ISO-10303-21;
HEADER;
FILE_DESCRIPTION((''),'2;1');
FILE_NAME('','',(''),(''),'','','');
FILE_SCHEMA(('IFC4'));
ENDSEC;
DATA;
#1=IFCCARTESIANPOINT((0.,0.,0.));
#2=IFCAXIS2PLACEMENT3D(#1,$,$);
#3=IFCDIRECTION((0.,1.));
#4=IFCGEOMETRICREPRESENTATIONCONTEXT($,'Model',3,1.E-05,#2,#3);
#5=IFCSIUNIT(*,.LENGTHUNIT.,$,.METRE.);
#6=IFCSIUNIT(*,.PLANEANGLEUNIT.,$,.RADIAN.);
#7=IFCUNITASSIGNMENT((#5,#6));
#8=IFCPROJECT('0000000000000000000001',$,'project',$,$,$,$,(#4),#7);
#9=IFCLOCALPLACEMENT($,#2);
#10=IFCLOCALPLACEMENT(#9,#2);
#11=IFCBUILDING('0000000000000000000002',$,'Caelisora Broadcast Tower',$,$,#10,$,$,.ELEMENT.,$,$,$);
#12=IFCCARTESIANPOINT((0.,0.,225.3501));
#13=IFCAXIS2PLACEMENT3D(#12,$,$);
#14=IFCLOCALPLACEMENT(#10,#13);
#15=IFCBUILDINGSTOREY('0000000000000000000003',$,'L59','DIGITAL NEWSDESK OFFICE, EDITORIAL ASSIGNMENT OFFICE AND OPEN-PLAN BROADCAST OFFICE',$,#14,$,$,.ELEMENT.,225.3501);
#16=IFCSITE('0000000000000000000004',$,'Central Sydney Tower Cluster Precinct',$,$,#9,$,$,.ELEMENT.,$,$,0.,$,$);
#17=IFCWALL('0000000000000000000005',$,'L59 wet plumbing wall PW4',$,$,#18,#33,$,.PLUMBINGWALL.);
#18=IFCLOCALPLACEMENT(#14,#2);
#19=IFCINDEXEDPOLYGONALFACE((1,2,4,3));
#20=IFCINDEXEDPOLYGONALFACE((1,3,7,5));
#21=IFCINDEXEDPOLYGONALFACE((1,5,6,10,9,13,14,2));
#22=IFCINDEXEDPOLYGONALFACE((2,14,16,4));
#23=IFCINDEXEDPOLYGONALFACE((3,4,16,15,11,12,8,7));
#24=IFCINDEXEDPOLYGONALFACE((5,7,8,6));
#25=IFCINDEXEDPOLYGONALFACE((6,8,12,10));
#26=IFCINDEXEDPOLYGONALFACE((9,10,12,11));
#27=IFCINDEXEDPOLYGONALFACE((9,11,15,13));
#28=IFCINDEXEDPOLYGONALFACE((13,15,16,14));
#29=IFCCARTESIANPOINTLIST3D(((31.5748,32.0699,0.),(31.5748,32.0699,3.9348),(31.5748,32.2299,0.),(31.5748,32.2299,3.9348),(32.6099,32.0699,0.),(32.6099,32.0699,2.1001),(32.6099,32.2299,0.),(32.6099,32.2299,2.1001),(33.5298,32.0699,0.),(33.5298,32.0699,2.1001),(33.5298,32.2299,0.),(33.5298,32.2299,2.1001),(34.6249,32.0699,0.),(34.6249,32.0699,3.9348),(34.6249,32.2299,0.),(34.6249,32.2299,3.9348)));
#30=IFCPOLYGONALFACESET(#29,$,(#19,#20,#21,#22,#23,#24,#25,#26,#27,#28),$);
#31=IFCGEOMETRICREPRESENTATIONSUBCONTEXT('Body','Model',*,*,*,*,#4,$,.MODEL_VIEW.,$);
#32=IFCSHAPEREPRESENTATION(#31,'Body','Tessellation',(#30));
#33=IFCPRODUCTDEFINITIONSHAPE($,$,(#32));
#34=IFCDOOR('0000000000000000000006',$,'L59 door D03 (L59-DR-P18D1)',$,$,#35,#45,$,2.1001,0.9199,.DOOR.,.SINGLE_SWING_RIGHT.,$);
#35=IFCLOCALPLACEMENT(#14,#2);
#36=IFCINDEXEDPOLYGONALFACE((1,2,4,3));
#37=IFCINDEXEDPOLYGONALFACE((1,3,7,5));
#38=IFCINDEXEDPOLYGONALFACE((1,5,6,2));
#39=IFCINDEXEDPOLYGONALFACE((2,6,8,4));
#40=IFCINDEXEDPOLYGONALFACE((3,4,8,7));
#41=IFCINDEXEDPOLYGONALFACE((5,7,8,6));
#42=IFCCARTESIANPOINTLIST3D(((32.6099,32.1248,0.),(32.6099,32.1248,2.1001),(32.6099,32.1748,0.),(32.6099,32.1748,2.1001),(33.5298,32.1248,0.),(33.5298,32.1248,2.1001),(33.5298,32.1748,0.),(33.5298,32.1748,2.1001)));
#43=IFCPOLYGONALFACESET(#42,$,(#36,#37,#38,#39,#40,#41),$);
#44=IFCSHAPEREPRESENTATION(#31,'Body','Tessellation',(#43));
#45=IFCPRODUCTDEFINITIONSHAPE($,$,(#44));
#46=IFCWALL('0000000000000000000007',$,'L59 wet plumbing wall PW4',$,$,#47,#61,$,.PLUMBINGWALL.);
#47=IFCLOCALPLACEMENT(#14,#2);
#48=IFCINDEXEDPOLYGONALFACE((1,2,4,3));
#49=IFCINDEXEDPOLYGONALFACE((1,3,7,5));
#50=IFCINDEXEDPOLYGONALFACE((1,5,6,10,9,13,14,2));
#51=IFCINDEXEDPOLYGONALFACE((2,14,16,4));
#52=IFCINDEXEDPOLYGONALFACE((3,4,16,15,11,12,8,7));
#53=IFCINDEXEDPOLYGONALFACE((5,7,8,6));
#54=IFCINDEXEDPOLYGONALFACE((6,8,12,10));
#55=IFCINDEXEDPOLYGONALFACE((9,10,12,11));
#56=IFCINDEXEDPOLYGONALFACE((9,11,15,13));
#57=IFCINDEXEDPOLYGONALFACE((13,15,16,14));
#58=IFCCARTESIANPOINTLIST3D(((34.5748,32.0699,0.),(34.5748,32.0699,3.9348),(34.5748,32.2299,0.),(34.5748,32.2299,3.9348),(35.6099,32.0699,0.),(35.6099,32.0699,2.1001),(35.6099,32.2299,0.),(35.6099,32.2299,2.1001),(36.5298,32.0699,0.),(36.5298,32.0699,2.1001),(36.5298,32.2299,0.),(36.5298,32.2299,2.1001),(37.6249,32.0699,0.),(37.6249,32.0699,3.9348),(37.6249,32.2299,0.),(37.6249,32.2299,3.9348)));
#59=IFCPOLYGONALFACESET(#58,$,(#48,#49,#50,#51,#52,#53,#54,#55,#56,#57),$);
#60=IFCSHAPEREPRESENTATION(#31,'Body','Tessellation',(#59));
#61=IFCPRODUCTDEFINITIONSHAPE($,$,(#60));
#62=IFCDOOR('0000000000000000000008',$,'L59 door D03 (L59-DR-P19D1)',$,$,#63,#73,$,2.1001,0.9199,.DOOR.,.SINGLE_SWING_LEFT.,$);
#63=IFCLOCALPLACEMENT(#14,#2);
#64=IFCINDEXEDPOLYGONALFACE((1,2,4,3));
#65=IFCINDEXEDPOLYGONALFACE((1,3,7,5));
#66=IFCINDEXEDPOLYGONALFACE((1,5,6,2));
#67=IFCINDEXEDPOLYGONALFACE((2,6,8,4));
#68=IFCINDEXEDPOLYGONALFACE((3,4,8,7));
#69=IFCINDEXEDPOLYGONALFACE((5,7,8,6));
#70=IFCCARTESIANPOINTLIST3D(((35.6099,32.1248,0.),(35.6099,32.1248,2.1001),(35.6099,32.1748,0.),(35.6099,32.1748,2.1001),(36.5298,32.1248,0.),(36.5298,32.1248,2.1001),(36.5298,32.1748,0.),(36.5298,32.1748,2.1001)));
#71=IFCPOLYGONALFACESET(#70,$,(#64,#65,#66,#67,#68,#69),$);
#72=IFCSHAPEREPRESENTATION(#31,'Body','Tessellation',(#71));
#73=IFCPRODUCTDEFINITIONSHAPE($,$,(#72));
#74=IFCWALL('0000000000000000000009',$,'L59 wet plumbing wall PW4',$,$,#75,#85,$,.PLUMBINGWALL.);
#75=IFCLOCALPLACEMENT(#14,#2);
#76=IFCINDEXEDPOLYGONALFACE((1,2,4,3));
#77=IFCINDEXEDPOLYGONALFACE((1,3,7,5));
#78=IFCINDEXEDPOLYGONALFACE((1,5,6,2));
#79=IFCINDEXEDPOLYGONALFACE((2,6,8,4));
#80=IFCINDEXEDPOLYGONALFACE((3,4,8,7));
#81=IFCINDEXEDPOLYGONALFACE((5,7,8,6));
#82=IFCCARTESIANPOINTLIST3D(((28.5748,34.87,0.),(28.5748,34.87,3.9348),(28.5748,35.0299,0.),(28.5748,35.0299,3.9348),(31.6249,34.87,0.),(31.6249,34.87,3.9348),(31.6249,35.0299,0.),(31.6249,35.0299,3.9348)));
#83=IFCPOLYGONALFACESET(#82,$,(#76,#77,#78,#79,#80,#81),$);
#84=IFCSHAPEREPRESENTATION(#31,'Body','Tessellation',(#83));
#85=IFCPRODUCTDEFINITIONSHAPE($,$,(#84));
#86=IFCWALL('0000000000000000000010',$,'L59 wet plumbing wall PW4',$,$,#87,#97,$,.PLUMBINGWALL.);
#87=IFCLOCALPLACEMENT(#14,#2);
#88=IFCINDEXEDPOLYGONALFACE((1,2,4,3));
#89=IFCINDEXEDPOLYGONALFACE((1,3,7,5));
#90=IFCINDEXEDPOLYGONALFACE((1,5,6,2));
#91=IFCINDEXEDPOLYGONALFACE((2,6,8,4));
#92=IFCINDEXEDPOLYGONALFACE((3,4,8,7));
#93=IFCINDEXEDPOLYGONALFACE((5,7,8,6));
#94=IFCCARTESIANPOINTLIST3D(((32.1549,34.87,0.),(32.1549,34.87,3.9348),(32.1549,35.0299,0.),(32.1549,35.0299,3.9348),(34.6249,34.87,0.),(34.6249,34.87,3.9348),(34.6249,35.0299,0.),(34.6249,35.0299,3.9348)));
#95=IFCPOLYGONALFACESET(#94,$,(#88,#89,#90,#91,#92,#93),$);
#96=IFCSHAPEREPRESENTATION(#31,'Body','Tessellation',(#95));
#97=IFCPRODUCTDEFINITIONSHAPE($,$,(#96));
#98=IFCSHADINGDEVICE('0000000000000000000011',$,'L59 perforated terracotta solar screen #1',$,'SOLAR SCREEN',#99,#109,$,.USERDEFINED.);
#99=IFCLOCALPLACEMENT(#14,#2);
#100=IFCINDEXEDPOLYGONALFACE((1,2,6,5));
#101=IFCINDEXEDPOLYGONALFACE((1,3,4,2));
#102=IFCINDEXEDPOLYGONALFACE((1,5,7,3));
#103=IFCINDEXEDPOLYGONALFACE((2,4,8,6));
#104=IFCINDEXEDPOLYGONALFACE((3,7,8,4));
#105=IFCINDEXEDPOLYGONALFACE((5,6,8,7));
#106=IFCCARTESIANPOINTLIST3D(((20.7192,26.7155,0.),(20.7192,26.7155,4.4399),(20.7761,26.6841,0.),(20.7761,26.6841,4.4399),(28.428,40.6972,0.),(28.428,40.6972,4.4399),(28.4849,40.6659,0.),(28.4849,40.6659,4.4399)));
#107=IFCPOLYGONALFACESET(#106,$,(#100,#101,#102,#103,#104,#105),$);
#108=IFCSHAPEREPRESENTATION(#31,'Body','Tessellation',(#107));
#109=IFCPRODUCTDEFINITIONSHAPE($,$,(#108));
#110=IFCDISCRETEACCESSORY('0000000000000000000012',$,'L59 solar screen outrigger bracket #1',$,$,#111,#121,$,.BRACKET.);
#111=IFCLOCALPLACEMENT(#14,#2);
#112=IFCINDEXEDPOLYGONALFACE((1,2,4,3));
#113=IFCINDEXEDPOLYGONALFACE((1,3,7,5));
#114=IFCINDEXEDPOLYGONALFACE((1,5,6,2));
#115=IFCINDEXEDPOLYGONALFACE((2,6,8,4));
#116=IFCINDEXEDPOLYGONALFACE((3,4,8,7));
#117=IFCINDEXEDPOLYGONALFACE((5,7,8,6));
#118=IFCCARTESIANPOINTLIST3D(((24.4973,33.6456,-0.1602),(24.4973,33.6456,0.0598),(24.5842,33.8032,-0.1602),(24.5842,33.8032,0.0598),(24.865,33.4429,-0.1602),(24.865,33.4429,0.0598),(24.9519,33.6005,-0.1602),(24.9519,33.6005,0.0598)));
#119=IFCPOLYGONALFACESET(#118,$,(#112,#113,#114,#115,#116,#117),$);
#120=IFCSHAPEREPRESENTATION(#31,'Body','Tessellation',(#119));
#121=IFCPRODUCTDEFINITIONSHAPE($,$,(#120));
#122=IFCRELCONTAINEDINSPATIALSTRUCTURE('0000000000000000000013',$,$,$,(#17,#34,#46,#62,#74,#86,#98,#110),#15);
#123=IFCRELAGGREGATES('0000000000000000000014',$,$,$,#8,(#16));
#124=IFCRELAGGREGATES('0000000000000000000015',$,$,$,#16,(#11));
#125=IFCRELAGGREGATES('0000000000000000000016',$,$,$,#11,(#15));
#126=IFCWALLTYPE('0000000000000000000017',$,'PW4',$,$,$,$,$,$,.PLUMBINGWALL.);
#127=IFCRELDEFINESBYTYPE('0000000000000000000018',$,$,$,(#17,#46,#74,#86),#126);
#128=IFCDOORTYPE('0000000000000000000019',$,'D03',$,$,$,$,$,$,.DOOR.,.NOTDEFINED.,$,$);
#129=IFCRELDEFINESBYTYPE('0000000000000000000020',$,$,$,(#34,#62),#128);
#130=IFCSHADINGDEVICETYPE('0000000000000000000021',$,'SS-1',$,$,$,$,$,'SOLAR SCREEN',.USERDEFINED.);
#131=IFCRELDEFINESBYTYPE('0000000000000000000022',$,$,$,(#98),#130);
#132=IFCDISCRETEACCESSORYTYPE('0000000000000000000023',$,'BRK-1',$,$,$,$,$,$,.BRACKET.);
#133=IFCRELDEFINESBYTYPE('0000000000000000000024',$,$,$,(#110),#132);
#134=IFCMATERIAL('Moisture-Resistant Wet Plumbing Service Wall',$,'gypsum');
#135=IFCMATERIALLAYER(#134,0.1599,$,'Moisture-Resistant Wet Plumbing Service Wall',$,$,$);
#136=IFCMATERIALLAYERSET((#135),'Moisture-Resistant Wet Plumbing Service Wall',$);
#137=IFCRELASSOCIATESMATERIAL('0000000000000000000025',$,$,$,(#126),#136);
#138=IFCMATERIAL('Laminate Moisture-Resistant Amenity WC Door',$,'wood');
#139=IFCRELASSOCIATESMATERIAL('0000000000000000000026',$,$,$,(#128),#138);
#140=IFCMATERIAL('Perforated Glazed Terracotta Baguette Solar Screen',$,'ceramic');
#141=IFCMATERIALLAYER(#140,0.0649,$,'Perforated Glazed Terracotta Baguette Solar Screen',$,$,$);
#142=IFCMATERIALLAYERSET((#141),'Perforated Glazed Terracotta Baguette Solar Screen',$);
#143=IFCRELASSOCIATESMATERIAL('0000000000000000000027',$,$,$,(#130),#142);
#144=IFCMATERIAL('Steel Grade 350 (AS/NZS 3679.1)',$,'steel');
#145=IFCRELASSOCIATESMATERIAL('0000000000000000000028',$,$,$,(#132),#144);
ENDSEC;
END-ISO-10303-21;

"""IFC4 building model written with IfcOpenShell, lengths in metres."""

from ifc_helpers import new_model, si_unit, direction, frame, frame_2d, origin, origin_2d, place, context, subcontext, project, spatial, rectangle, extrude, source, transform, mapped, material, layer, layer_set, type_object, type_shapes, element, fill, save


model = new_model("IFC4")

# Units and contexts
model_context = context("Model", 3, precision=1e-05, world=origin(), true_north=direction((0.0, 1.0)))
body_context = subcontext(model_context, "Body", "Model", "MODEL_VIEW")
ifc_project = project(units=[si_unit("LENGTHUNIT", "METRE"), si_unit("PLANEANGLEUNIT", "RADIAN")], contexts=[model_context])

# Site, building, storey
site_placement = place(None, origin())
site = spatial("IfcSite", under=ifc_project, at=site_placement, Name="Central Sydney Tower Cluster Precinct", CompositionType="ELEMENT", RefElevation=0.0)
building_placement = place(site_placement, origin())
building = spatial("IfcBuilding", under=site, at=building_placement, Name="Caelisora Broadcast Tower", CompositionType="ELEMENT")
storey_placement = place(building_placement, frame((0.0, 0.0, 225.3501)))
storey = spatial("IfcBuildingStorey", under=building, at=storey_placement, Name="L59", Description="DIGITAL NEWSDESK OFFICE, EDITORIAL ASSIGNMENT OFFICE AND OPEN-PLAN BROADCAST OFFICE", CompositionType="ELEMENT", Elevation=225.3501)

# Shared definitions
ifc_material_1 = material(Name="Steel Grade 350 (AS/NZS 3679.1)", Category="steel")

# Walls, openings, doors
ifc_material_2 = material(Name="Moisture-Resistant Wet Plumbing Service Wall", Category="gypsum")
ifc_layer_1 = layer(ifc_material_2, 0.1599, Name="Moisture-Resistant Wet Plumbing Service Wall")
ifc_layer_set_1 = layer_set([ifc_layer_1], Name="Moisture-Resistant Wet Plumbing Service Wall")
wall_type = type_object("IfcWallType", Name="PW4", PredefinedType="PLUMBINGWALL", material=ifc_layer_set_1)
ifc_material_3 = material(Name="Laminate Moisture-Resistant Amenity WC Door", Category="wood")
door_type = type_object("IfcDoorType", Name="D03", OperationType="NOTDEFINED", PredefinedType="DOOR", material=ifc_material_3)
wall_1_placement = place(storey_placement, frame((31.575, 32.1499, 0.0), z_axis=(0.0, 0.0, 1.0), x_axis=(1.0, 0.0, 0.0)))
wall_1 = element("IfcWall", 1, at=wall_1_placement, inside=storey, type_object=wall_type, Name="L59 wet plumbing wall PW4", PredefinedType="PLUMBINGWALL", context=body_context, shape_type="SweptSolid", body=[
    extrude(rectangle(XDim=3.05, YDim=0.1599, at=frame_2d((1.5249, 0.0))), origin(), (0.0, 0.0, 1.0), 3.9348),
])
opening_1_placement = place(wall_1_placement, frame((1.0349, 0.0, 0.0)))
opening_1 = element("IfcOpeningElement", 2, at=opening_1_placement, cuts=wall_1, PredefinedType="OPENING", context=body_context, shape_type="SweptSolid", body=[
    extrude(rectangle(XDim=0.9199, YDim=2.1001, at=frame_2d((0.46, 1.05))), frame((0.0, 0.092, 0.0), z_axis=(0.0, -1.0, 0.0), x_axis=(1.0, 0.0, 0.0)), (0.0, 0.0, 1.0), 0.1838),
])
door_1_placement = place(opening_1_placement, origin())
door_1 = element("IfcDoor", 3, at=door_1_placement, inside=storey, type_object=door_type, Name="L59 door D03 (L59-DR-P18D1)", OperationType="SINGLE_SWING_RIGHT", OverallHeight=2.1001, OverallWidth=0.9199, PredefinedType="DOOR", context=body_context, shape_type="SweptSolid", body=[
    extrude(rectangle(XDim=0.9199, YDim=2.1001, at=frame_2d((0.46, 1.05))), frame((0.0, 0.0249, 0.0), z_axis=(0.0, -1.0, 0.0), x_axis=(1.0, 0.0, 0.0)), (0.0, 0.0, 1.0), 0.05),
])
fill(opening_1, door_1)
wall_2_placement = place(storey_placement, frame((34.575, 32.1499, 0.0), z_axis=(0.0, 0.0, 1.0), x_axis=(1.0, 0.0, 0.0)))
wall_2 = element("IfcWall", 4, at=wall_2_placement, inside=storey, type_object=wall_type, Name="L59 wet plumbing wall PW4", PredefinedType="PLUMBINGWALL", context=body_context, shape_type="SweptSolid", body=[
    extrude(rectangle(XDim=3.05, YDim=0.1599, at=frame_2d((1.5249, 0.0))), origin(), (0.0, 0.0, 1.0), 3.9348),
])
opening_2_placement = place(wall_2_placement, frame((1.0349, 0.0, 0.0)))
opening_2 = element("IfcOpeningElement", 5, at=opening_2_placement, cuts=wall_2, PredefinedType="OPENING", context=body_context, shape_type="SweptSolid", body=[
    extrude(rectangle(XDim=0.9199, YDim=2.1001, at=frame_2d((0.46, 1.05))), frame((0.0, 0.092, 0.0), z_axis=(0.0, -1.0, 0.0), x_axis=(1.0, 0.0, 0.0)), (0.0, 0.0, 1.0), 0.1838),
])
door_2_placement = place(opening_2_placement, origin())
door_2 = element("IfcDoor", 6, at=door_2_placement, inside=storey, type_object=door_type, Name="L59 door D03 (L59-DR-P19D1)", OperationType="SINGLE_SWING_LEFT", OverallHeight=2.1001, OverallWidth=0.9199, PredefinedType="DOOR", context=body_context, shape_type="SweptSolid", body=[
    extrude(rectangle(XDim=0.9199, YDim=2.1001, at=frame_2d((0.46, 1.05))), frame((0.0, 0.0249, 0.0), z_axis=(0.0, -1.0, 0.0), x_axis=(1.0, 0.0, 0.0)), (0.0, 0.0, 1.0), 0.05),
])
fill(opening_2, door_2)

# Walls
wall_3_placement = place(storey_placement, frame((28.575, 34.95, 0.0), z_axis=(0.0, 0.0, 1.0), x_axis=(1.0, 0.0, 0.0)))
element("IfcWall", 7, at=wall_3_placement, inside=storey, type_object=wall_type, Name="L59 wet plumbing wall PW4", PredefinedType="PLUMBINGWALL", context=body_context, shape_type="SweptSolid", body=[
    extrude(rectangle(XDim=3.05, YDim=0.1599, at=frame_2d((1.5249, 0.0))), origin(), (0.0, 0.0, 1.0), 3.9348),
])
wall_4_placement = place(storey_placement, frame((32.155, 34.95, 0.0), z_axis=(0.0, 0.0, 1.0), x_axis=(1.0, 0.0, 0.0)))
element("IfcWall", 8, at=wall_4_placement, inside=storey, type_object=wall_type, Name="L59 wet plumbing wall PW4", PredefinedType="PLUMBINGWALL", context=body_context, shape_type="SweptSolid", body=[
    extrude(rectangle(XDim=2.47, YDim=0.1599, at=frame_2d((1.2349, 0.0))), origin(), (0.0, 0.0, 1.0), 3.9348),
])

# Shading device
ifc_material_4 = material(Name="Perforated Glazed Terracotta Baguette Solar Screen", Category="ceramic")
ifc_layer_2 = layer(ifc_material_4, 0.0649, Name="Perforated Glazed Terracotta Baguette Solar Screen")
ifc_layer_set_2 = layer_set([ifc_layer_2], Name="Perforated Glazed Terracotta Baguette Solar Screen")
shading_device_type = type_object("IfcShadingDeviceType", Name="SS-1", ElementType="SOLAR SCREEN", PredefinedType="USERDEFINED", material=ifc_layer_set_2)
shared_shape_1 = source(origin(), body_context, "Body", "SweptSolid", [
    extrude(rectangle(XDim=15.9661, YDim=0.0649, at=origin_2d()), origin(), (0.0, 0.0, 1.0), 4.4399),
])
type_shapes(shading_device_type, [shared_shape_1])
shading_device_placement = place(storey_placement, frame((24.6021, 33.6907, 0.0), z_axis=(0.0, 0.0, 1.0), x_axis=(-0.482824, -0.875717, 0.0)))
element("IfcShadingDevice", 9, at=shading_device_placement, inside=storey, type_object=shading_device_type, Name="L59 perforated terracotta solar screen #1", ObjectType="SOLAR SCREEN", PredefinedType="USERDEFINED", context=body_context, shape_type="MappedRepresentation", body=[
    mapped(shared_shape_1, transform((0.0, 0.0, 0.0), scale=1.0)),
])

# Discrete accessory
discrete_accessory_type = type_object("IfcDiscreteAccessoryType", Name="BRK-1", PredefinedType="BRACKET", material=ifc_material_1)
shared_shape_2 = source(origin(), body_context, "Body", "SweptSolid", [
    extrude(rectangle(XDim=0.1799, YDim=0.4199, at=origin_2d()), origin(), (0.0, 0.0, 1.0), 0.22),
])
type_shapes(discrete_accessory_type, [shared_shape_2])
discrete_accessory_placement = place(storey_placement, frame((24.7246, 33.623, -0.1602), z_axis=(0.0, 0.0, 1.0), x_axis=(-0.482824, -0.875717, 0.0)))
element("IfcDiscreteAccessory", 10, at=discrete_accessory_placement, inside=storey, type_object=discrete_accessory_type, Name="L59 solar screen outrigger bracket #1", PredefinedType="BRACKET", context=body_context, shape_type="MappedRepresentation", body=[
    mapped(shared_shape_2, transform((0.0, 0.0, 0.0), scale=1.0)),
])

save(model, "model.ifc")
